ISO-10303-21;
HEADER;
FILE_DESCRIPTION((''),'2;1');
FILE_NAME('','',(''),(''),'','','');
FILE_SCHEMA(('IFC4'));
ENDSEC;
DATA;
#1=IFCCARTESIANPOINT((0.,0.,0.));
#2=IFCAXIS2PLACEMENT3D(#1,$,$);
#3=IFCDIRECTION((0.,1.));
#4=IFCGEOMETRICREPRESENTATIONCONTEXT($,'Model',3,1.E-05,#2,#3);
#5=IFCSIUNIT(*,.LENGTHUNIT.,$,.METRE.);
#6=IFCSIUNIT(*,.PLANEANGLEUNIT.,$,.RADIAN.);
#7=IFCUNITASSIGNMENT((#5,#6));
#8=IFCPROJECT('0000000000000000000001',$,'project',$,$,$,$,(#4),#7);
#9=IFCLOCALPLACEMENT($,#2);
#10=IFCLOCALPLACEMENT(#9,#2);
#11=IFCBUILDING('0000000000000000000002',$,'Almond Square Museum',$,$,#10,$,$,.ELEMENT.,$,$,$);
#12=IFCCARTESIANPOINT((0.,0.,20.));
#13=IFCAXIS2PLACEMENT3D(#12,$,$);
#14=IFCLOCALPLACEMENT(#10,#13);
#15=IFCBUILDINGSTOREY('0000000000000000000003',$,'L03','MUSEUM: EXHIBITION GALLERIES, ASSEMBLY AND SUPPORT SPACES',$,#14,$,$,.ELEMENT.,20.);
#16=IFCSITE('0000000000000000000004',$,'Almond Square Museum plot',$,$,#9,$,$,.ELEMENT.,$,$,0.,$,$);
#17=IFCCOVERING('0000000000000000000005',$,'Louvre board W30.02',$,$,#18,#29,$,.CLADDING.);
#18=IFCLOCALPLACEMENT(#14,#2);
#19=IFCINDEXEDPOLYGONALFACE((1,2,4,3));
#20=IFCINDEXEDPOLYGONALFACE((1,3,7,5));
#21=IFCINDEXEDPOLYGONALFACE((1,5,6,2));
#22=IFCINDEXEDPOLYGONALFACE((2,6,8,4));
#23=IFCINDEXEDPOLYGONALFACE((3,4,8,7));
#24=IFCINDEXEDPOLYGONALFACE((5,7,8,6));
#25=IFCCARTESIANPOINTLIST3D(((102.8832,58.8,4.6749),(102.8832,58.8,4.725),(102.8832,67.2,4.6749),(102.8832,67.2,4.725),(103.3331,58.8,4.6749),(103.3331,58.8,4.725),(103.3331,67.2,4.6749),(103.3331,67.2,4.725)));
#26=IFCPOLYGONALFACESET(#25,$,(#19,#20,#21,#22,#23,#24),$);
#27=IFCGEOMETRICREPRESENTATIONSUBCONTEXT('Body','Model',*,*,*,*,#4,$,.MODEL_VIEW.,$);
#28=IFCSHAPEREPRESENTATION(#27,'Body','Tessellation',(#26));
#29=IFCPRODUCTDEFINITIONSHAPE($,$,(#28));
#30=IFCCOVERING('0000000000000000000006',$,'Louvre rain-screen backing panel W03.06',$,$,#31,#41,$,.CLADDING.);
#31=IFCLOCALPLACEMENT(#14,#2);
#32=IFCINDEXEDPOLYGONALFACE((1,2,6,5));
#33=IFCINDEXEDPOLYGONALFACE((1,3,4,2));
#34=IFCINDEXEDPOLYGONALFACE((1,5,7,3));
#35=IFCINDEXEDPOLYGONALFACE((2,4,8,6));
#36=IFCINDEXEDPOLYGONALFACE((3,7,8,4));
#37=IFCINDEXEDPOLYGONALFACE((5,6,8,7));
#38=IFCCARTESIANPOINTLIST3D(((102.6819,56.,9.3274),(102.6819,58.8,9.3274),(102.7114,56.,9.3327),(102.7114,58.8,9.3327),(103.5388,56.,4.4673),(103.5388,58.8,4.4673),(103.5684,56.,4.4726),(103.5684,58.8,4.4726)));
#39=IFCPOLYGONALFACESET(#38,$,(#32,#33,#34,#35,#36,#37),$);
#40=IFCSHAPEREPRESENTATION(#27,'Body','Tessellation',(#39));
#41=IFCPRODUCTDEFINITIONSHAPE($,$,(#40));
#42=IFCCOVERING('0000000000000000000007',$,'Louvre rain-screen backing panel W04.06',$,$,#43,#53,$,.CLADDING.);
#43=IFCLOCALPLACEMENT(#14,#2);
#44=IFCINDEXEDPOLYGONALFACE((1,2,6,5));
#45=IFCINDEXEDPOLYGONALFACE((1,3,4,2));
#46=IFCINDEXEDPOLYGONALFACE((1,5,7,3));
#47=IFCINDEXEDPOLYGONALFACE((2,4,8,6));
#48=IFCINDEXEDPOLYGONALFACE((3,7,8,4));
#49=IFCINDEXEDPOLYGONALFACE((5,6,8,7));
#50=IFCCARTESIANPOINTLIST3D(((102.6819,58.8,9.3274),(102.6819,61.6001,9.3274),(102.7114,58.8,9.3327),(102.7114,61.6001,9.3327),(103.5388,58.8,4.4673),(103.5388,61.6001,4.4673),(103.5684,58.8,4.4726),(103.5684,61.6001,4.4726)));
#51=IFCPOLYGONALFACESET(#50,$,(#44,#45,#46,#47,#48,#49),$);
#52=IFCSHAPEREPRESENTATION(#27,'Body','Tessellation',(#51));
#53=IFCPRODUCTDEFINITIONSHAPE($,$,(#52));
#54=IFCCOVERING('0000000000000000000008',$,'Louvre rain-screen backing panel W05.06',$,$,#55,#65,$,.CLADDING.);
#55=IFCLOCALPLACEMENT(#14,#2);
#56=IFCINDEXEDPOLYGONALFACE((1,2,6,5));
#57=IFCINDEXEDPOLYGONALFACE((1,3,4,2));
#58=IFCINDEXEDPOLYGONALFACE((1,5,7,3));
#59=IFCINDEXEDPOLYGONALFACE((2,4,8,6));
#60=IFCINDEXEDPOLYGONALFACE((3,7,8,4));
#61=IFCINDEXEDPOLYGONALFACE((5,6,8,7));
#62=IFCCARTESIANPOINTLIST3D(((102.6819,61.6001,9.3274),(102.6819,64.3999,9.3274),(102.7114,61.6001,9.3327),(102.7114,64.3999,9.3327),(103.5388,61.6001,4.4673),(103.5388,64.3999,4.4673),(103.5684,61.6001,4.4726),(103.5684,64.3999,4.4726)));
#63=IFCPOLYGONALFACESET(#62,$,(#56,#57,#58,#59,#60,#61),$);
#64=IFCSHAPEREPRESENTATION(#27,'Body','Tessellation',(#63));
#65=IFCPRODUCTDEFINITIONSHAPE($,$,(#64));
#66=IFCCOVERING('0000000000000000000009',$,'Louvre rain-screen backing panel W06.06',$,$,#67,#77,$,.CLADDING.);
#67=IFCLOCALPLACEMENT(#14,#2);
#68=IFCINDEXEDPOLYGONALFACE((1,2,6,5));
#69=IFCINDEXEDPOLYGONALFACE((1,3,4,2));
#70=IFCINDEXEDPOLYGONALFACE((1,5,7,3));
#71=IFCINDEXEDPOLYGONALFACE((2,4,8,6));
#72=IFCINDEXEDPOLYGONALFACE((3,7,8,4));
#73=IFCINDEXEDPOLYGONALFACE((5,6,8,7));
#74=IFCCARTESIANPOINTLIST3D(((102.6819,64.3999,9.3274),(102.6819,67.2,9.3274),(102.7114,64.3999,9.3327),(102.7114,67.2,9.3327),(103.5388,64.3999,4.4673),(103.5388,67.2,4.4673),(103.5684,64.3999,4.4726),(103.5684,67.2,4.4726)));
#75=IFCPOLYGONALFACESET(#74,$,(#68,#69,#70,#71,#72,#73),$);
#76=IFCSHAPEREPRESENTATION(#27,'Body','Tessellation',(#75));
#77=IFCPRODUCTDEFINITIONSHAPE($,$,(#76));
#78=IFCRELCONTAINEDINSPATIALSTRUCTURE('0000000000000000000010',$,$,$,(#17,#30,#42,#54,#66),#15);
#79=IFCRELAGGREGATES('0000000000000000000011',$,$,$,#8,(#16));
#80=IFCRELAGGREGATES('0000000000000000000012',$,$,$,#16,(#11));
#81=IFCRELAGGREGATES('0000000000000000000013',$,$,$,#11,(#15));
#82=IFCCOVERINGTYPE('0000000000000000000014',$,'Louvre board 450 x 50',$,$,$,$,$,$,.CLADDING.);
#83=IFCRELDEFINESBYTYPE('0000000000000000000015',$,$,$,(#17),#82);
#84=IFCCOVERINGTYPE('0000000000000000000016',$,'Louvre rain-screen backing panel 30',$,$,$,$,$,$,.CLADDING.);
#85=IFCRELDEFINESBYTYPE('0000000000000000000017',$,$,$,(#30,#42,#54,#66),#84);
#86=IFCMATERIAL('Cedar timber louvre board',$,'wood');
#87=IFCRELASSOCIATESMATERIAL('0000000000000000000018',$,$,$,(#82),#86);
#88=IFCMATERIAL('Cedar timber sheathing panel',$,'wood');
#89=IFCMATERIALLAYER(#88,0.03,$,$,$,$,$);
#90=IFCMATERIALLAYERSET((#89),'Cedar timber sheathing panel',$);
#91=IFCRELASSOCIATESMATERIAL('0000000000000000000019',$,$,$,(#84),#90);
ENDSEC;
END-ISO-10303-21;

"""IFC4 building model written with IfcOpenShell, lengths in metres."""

from ifc_helpers import new_model, si_unit, direction, frame, origin, origin_2d, place, context, subcontext, project, spatial, polyline, rectangle, outline, extrude, material, layer, layer_set, material_profile, profile_set, type_object, element, save


model = new_model("IFC4")

# Units and contexts
model_context = context("Model", 3, precision=1e-05, world=origin(), true_north=direction((0.0, 1.0)))
body_context = subcontext(model_context, "Body", "Model", "MODEL_VIEW")
ifc_project = project(units=[si_unit("LENGTHUNIT", "METRE"), si_unit("PLANEANGLEUNIT", "RADIAN")], contexts=[model_context])

# Site, building, storey
site_placement = place(None, origin())
site = spatial("IfcSite", under=ifc_project, at=site_placement, Name="Almond Square Museum plot", CompositionType="ELEMENT", RefElevation=0.0)
building_placement = place(site_placement, origin())
building = spatial("IfcBuilding", under=site, at=building_placement, Name="Almond Square Museum", CompositionType="ELEMENT")
storey_placement = place(building_placement, frame((0.0, 0.0, 20.0)))
storey = spatial("IfcBuildingStorey", under=building, at=storey_placement, Name="L03", Description="MUSEUM: EXHIBITION GALLERIES, ASSEMBLY AND SUPPORT SPACES", CompositionType="ELEMENT", Elevation=20.0)

# Coverings
ifc_material_1 = material(Name="Cedar timber louvre board", Category="wood")
ifc_material_profile_1 = material_profile(ifc_material_1, rectangle(XDim=0.45, YDim=0.05, at=origin_2d()))
ifc_profile_set_1 = profile_set([ifc_material_profile_1], Name="Cedar timber louvre board")
covering_type_1 = type_object("IfcCoveringType", Name="Louvre board 450 x 50", PredefinedType="CLADDING", material=ifc_profile_set_1)
for number, where, z_axis, x_axis, name in (
    (1, (103.1082, 58.8, 4.7), (0.0, 1.0, 0.0), (-1.0, 0.0, 0.0), "Louvre board W30.02"),
):
    element("IfcCovering", number, at=place(storey_placement, frame(where, z_axis=z_axis, x_axis=x_axis)), inside=storey, type_object=covering_type_1, Name=name, PredefinedType="CLADDING", context=body_context, shape_type="SweptSolid", body=[
        extrude(rectangle(XDim=0.45, YDim=0.05, at=origin_2d()), origin(), (0.0, 0.0, 1.0), 8.3999),
    ])
ifc_material_2 = material(Name="Cedar timber sheathing panel", Category="wood")
ifc_layer_1 = layer(ifc_material_2, 0.03)
ifc_layer_set_1 = layer_set([ifc_layer_1], Name="Cedar timber sheathing panel")
covering_type_2 = type_object("IfcCoveringType", Name="Louvre rain-screen backing panel 30", PredefinedType="CLADDING", material=ifc_layer_set_1)
for number, where, z_axis, x_axis, name in (
    (2, (103.5537, 56.0, 4.47), (0.984809, 0.0, 0.173641), (0.0, 1.0, 0.0), "Louvre rain-screen backing panel W03.06"),
    (3, (103.5537, 58.8, 4.47), (0.984809, 0.0, 0.173641), (0.0, 1.0, 0.0), "Louvre rain-screen backing panel W04.06"),
):
    element("IfcCovering", number, at=place(storey_placement, frame(where, z_axis=z_axis, x_axis=x_axis)), inside=storey, type_object=covering_type_2, Name=name, PredefinedType="CLADDING", context=body_context, shape_type="SweptSolid", body=[
        extrude(outline(polyline([(0.0, 0.0), (2.8, 0.0), (2.8, 4.9351), (0.0, 4.9351), (0.0, 0.0)])), frame((0.0, 0.0, -0.0151)), (0.0, 0.0, 1.0), 0.03),
    ])
covering_1_placement = place(storey_placement, frame((103.5537, 61.6001, 4.47), z_axis=(0.984809, 0.0, 0.173641), x_axis=(0.0, 1.0, 0.0)))
element("IfcCovering", 4, at=covering_1_placement, inside=storey, type_object=covering_type_2, Name="Louvre rain-screen backing panel W05.06", PredefinedType="CLADDING", context=body_context, shape_type="SweptSolid", body=[
    extrude(outline(polyline([(0.0, 0.0), (2.7998, 0.0), (2.7998, 4.9351), (0.0, 4.9351), (0.0, 0.0)])), frame((0.0, 0.0, -0.0151)), (0.0, 0.0, 1.0), 0.03),
])
covering_2_placement = place(storey_placement, frame((103.5537, 64.3999, 4.47), z_axis=(0.984809, 0.0, 0.173641), x_axis=(0.0, 1.0, 0.0)))
element("IfcCovering", 5, at=covering_2_placement, inside=storey, type_object=covering_type_2, Name="Louvre rain-screen backing panel W06.06", PredefinedType="CLADDING", context=body_context, shape_type="SweptSolid", body=[
    extrude(outline(polyline([(0.0, 0.0), (2.8, 0.0), (2.8, 4.9351), (0.0, 4.9351), (0.0, 0.0)])), frame((0.0, 0.0, -0.0151)), (0.0, 0.0, 1.0), 0.03),
])

save(model, "model.ifc")
